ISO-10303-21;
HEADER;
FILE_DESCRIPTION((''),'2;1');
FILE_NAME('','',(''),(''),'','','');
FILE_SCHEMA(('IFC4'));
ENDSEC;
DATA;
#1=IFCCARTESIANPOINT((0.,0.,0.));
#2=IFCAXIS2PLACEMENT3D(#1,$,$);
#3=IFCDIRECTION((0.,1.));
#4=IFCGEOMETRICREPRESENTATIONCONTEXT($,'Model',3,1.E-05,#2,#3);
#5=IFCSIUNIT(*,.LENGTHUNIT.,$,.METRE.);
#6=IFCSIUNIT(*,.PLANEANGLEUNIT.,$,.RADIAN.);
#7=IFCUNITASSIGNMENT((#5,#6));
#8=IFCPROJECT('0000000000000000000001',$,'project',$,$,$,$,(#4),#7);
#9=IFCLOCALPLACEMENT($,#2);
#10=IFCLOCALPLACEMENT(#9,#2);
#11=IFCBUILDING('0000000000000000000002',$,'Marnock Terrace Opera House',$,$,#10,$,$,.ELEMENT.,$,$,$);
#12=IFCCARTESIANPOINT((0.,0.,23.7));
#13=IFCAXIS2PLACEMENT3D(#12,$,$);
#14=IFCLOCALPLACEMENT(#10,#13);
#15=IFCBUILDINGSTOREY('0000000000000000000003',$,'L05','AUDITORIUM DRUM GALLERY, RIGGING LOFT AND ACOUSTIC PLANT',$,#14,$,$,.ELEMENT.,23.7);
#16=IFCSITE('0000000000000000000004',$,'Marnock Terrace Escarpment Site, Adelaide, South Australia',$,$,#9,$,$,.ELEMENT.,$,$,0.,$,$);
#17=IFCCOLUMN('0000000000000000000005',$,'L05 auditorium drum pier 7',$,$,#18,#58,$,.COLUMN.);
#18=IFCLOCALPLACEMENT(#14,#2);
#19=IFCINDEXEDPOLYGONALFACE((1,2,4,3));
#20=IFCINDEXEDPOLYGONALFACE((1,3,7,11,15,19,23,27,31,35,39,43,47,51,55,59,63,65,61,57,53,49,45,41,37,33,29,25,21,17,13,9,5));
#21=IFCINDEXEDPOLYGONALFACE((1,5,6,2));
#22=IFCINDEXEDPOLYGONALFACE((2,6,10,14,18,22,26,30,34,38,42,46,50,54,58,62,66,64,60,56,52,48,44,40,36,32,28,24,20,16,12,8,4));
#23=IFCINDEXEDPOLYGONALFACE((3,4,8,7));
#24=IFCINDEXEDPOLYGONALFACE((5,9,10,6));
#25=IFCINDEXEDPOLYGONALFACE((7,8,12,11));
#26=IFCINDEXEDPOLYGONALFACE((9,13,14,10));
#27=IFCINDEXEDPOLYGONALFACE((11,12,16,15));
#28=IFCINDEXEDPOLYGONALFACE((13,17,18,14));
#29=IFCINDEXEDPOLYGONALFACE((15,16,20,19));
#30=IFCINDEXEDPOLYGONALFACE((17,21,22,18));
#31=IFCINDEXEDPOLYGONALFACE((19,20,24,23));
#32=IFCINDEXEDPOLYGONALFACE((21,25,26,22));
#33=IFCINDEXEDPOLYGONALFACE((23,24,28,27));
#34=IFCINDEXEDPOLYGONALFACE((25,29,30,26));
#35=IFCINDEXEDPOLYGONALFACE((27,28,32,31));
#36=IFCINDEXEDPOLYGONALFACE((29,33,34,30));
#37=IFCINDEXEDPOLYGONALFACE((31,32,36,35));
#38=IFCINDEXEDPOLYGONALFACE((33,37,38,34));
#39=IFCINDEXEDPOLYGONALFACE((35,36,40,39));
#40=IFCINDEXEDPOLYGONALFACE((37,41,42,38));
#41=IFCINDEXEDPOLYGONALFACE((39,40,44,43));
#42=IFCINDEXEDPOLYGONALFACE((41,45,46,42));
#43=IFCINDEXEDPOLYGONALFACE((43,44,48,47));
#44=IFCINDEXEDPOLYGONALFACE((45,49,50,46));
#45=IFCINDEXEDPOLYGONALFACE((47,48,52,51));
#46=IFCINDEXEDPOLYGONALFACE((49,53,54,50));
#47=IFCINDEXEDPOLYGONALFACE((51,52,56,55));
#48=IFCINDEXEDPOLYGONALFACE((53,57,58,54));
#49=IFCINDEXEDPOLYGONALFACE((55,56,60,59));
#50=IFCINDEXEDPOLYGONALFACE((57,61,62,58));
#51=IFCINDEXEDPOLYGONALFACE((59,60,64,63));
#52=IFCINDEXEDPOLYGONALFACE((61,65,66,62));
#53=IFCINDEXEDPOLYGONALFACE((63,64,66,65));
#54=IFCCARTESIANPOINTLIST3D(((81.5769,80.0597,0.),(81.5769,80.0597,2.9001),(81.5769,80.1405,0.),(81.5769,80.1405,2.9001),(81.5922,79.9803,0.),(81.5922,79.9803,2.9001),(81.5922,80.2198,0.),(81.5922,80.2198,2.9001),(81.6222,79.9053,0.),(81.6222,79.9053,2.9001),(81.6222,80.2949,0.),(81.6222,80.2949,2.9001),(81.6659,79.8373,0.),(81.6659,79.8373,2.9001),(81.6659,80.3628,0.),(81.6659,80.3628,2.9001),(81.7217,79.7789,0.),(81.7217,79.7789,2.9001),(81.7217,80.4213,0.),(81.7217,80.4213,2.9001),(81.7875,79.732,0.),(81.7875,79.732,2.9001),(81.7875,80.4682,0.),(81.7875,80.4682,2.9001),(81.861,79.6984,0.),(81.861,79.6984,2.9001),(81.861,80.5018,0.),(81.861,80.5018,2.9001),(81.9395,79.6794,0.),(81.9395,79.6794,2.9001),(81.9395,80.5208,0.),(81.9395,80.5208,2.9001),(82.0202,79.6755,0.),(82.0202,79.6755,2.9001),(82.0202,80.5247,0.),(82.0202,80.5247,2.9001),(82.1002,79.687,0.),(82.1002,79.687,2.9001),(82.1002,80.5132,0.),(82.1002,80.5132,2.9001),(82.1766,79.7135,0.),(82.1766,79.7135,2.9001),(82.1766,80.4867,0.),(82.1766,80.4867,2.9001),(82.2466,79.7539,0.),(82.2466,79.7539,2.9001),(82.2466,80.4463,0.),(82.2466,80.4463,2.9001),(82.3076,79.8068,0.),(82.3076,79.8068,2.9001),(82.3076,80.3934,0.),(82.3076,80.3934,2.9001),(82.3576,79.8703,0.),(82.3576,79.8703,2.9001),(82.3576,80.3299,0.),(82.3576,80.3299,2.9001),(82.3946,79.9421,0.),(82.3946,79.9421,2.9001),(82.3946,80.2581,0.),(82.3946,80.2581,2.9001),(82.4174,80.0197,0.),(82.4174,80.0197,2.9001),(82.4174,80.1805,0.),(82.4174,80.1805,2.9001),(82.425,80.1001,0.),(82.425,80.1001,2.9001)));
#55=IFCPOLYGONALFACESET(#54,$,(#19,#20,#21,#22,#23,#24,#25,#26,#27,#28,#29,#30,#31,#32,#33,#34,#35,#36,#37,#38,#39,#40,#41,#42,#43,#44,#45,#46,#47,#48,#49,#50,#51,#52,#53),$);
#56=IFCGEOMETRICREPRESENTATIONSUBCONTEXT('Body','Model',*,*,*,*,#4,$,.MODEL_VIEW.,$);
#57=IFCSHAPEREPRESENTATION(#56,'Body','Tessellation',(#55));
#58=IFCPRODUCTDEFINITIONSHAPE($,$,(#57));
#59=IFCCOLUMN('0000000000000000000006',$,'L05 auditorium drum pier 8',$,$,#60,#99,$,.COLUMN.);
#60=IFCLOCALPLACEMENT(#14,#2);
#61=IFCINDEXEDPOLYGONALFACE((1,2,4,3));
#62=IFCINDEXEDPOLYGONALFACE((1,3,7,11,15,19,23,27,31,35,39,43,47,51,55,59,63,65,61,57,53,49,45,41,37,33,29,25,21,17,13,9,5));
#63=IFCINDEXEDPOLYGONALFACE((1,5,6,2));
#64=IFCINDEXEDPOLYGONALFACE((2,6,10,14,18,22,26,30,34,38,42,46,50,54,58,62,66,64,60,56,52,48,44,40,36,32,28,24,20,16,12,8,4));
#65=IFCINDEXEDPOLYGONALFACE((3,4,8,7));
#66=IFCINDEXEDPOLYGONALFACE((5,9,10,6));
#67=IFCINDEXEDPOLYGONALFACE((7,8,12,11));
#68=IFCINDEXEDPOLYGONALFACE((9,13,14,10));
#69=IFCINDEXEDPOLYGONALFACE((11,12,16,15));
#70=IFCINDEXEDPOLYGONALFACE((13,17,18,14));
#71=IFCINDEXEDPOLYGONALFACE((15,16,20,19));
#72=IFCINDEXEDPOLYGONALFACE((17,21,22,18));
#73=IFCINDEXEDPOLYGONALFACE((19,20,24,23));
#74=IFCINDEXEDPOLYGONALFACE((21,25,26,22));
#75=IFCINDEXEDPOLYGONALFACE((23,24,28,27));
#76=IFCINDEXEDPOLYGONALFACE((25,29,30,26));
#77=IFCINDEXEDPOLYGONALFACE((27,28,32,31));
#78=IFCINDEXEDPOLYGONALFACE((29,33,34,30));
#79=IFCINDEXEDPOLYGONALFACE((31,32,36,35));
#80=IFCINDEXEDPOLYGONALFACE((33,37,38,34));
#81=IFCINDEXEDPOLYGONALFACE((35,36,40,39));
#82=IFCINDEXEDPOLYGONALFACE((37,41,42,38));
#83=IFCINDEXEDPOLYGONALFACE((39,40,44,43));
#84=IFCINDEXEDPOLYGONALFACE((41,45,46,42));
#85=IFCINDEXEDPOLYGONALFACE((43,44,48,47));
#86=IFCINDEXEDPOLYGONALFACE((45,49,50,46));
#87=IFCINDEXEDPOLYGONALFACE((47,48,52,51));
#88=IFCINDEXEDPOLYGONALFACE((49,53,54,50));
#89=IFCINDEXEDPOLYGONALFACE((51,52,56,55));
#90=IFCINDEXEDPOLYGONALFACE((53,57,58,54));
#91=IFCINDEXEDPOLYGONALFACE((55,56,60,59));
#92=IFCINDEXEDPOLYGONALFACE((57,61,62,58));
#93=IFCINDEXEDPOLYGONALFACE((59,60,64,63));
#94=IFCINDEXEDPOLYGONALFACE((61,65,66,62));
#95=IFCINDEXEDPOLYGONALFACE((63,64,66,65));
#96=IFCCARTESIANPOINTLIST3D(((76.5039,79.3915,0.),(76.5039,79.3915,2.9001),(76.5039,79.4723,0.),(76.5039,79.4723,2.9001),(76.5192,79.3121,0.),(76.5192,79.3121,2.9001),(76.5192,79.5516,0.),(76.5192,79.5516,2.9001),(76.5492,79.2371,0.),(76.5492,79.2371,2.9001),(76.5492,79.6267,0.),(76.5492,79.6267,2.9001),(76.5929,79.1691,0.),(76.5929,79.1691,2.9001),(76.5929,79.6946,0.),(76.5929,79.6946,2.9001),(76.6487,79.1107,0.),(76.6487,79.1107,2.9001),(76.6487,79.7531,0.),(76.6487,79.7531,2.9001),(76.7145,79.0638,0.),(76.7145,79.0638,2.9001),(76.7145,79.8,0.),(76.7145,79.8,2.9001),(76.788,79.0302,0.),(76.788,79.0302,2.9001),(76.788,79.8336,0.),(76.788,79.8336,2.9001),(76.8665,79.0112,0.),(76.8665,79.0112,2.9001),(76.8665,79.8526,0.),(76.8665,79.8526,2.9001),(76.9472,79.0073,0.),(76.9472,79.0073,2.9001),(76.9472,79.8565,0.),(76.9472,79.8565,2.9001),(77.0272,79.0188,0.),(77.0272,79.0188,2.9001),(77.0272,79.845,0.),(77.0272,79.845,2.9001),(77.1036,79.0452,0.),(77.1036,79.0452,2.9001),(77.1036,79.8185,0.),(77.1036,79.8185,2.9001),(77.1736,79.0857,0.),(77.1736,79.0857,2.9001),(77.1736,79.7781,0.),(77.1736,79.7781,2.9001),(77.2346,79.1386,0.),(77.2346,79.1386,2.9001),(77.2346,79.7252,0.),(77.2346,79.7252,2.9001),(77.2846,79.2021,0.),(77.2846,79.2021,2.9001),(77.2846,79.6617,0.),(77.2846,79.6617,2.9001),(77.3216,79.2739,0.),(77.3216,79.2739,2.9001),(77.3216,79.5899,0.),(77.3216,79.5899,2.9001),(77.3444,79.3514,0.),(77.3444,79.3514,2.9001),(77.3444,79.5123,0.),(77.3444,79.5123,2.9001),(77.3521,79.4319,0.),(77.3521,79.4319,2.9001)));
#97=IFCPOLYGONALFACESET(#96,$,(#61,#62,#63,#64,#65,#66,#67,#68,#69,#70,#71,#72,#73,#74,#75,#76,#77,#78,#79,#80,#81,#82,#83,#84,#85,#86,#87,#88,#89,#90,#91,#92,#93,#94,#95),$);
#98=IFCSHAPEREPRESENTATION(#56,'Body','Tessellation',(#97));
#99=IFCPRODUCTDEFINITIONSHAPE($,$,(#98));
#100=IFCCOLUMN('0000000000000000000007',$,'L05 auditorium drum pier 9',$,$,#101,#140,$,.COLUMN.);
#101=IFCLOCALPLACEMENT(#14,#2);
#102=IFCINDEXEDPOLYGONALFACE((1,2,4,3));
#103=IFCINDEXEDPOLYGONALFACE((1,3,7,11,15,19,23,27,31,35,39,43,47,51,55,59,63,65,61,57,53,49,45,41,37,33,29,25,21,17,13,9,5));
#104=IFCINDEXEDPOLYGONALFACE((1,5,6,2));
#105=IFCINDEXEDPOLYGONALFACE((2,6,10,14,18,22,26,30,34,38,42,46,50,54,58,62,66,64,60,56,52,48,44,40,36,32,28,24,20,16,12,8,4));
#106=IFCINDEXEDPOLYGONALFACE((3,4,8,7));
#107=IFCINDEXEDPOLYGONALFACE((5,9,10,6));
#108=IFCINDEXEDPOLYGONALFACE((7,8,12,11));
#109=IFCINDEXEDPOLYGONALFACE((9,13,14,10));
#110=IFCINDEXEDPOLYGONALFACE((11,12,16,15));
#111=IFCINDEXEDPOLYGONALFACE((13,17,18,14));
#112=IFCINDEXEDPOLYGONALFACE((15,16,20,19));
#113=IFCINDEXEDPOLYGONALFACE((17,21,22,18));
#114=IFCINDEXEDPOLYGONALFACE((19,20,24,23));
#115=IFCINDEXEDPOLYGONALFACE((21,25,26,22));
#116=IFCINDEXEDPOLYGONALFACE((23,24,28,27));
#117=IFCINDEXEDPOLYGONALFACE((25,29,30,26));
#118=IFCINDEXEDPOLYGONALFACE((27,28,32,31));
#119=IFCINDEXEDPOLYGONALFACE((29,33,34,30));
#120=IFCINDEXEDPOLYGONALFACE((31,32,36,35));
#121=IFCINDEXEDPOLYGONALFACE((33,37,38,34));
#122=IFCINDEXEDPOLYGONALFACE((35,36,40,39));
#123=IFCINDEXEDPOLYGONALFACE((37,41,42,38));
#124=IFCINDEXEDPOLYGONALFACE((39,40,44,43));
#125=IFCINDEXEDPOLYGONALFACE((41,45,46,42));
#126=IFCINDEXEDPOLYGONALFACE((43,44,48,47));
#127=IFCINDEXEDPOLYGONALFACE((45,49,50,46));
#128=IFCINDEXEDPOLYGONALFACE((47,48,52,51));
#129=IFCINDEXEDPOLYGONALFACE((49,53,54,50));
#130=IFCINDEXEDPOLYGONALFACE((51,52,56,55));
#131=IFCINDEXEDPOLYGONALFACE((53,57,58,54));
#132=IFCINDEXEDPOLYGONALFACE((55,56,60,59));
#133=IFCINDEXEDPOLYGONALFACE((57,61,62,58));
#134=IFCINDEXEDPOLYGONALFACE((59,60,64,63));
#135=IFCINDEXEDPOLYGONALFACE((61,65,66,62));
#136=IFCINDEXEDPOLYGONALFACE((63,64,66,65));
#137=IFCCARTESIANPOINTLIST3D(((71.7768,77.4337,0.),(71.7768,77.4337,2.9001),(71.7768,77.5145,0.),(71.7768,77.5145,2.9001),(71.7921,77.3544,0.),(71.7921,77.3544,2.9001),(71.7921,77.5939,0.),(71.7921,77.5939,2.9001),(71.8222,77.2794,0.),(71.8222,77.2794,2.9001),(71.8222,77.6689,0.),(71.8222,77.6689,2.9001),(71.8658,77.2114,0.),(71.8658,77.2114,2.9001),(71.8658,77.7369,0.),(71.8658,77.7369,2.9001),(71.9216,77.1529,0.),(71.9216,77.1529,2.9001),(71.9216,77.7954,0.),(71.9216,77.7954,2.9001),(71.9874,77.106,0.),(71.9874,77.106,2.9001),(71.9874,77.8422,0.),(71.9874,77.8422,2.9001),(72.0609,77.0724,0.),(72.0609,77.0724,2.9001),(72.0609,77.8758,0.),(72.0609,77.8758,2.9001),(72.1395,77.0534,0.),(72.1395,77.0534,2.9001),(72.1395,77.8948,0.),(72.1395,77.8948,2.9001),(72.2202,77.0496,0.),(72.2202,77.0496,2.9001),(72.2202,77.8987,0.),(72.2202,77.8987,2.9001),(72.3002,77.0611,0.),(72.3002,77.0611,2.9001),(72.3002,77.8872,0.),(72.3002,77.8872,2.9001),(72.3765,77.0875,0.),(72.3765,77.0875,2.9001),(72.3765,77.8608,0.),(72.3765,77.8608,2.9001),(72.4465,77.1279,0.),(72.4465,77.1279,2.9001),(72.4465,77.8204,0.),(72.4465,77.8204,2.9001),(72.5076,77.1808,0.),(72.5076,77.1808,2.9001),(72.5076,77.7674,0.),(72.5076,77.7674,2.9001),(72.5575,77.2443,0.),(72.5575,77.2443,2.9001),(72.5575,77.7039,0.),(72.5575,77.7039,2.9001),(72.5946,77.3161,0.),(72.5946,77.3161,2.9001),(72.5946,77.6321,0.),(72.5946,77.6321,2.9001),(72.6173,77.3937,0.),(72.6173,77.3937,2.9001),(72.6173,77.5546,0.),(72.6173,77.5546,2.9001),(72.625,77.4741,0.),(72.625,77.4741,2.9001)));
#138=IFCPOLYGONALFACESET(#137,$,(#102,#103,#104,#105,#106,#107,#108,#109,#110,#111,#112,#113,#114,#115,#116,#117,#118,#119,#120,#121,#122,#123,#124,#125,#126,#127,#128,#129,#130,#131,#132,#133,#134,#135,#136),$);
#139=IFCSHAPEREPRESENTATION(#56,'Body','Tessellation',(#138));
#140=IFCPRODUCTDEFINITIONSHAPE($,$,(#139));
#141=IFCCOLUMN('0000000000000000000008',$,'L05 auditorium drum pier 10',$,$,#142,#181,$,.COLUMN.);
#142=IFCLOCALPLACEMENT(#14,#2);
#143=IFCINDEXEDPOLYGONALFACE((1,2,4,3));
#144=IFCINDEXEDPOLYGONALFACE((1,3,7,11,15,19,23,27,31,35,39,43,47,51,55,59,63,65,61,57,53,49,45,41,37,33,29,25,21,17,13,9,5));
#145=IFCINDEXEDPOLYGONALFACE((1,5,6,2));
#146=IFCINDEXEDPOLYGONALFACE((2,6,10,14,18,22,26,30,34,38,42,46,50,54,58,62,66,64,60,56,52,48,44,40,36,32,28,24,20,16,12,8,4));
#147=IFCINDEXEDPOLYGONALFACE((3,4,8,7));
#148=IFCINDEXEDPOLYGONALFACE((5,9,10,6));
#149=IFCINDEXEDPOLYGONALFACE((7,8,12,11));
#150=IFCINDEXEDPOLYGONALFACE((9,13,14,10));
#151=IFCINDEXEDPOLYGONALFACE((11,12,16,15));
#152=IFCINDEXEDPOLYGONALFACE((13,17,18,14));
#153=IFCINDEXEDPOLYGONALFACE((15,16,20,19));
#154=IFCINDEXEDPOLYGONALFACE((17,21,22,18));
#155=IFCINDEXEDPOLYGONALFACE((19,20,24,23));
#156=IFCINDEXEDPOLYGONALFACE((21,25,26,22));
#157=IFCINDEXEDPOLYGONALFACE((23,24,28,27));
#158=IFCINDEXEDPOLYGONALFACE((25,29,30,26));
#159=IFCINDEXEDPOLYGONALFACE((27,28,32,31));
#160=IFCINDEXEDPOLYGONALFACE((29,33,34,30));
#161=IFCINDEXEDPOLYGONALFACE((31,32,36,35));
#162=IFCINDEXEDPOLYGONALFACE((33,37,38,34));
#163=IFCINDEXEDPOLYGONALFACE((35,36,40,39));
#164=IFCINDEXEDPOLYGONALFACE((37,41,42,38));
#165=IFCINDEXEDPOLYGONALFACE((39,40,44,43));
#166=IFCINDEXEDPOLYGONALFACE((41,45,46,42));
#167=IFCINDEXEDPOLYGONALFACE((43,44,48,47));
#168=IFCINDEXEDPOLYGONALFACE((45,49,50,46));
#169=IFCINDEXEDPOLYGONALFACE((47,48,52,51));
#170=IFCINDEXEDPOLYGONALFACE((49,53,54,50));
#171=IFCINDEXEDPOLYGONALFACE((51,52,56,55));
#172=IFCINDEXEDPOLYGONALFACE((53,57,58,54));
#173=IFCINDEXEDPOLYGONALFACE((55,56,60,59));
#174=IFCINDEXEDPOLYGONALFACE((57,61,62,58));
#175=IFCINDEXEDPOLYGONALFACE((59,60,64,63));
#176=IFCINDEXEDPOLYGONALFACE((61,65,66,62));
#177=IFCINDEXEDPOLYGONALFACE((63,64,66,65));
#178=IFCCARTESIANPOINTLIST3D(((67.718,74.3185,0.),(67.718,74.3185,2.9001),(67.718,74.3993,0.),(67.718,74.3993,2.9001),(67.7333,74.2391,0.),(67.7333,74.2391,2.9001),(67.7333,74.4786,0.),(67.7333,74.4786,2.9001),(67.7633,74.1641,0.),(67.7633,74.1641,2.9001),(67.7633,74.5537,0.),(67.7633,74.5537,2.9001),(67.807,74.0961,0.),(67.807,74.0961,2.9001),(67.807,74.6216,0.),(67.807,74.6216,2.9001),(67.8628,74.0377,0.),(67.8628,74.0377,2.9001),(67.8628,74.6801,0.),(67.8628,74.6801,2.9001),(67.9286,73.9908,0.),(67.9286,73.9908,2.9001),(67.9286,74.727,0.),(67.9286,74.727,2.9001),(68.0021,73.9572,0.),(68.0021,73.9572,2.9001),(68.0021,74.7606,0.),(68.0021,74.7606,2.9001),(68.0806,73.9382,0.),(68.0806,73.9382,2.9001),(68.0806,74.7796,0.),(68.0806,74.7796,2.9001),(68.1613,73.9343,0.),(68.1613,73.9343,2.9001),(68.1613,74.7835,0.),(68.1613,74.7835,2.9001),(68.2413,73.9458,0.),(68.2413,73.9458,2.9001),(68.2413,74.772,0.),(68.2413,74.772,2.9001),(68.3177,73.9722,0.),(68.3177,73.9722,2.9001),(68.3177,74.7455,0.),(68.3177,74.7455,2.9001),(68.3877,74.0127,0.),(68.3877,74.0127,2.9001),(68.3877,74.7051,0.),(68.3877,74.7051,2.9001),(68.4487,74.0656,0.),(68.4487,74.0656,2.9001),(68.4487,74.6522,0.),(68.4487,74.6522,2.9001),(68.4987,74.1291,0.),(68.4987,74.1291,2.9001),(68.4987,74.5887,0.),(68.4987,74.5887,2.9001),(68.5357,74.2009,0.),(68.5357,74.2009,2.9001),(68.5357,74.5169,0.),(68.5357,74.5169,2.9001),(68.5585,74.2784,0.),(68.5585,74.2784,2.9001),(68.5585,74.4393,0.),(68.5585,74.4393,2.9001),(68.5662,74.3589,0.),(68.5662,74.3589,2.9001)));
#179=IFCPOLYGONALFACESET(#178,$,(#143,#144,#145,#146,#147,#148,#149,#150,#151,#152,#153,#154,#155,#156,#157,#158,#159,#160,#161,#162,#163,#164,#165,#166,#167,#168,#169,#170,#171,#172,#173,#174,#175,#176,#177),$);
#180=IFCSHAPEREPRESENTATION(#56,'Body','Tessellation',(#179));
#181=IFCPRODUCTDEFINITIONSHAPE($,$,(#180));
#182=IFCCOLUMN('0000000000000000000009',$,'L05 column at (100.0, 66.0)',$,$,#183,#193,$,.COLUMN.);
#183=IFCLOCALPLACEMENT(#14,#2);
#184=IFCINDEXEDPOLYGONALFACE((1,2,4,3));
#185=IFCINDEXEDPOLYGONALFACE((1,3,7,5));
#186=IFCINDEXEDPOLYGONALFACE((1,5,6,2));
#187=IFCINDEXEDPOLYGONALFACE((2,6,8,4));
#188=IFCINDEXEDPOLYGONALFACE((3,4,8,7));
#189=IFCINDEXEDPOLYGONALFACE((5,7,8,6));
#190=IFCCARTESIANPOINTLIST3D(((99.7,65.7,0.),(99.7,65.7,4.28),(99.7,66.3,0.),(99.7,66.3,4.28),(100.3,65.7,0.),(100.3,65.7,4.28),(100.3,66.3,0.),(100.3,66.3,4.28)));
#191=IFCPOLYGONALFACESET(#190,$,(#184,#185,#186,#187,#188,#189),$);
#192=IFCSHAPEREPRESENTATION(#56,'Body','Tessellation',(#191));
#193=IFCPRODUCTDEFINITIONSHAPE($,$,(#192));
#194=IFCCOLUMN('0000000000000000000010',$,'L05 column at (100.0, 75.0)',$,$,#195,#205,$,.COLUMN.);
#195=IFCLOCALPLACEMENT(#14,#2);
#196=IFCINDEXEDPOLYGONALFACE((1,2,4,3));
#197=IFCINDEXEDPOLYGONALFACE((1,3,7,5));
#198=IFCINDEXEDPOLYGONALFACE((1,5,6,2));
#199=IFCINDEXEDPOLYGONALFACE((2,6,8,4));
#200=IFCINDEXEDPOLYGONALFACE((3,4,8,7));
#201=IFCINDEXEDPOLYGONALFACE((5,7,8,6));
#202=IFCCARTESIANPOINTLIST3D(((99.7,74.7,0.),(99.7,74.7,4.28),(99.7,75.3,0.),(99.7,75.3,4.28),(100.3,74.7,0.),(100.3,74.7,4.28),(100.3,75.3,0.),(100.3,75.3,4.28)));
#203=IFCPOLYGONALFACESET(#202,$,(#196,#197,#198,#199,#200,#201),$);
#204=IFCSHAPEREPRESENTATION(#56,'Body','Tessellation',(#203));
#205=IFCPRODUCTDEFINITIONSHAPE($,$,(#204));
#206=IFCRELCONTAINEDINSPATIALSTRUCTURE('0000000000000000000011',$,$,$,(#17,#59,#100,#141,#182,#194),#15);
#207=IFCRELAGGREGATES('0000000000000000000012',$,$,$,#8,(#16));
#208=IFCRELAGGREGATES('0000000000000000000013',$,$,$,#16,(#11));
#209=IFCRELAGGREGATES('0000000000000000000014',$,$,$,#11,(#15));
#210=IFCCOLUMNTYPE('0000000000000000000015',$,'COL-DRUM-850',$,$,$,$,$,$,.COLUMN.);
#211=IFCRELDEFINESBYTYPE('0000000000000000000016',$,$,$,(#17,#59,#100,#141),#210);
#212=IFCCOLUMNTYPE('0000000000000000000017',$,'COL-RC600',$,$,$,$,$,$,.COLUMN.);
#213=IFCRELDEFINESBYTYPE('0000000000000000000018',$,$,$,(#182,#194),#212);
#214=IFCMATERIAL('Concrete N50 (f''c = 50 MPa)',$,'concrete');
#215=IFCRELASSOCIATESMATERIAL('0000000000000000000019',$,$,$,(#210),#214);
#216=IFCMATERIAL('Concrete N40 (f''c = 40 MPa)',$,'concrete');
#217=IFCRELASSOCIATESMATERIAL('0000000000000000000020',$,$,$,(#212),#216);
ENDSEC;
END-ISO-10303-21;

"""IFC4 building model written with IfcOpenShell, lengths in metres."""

from ifc_helpers import new_model, si_unit, direction, frame, origin, origin_2d, place, context, subcontext, project, spatial, rectangle, circle, extrude, material, material_profile, profile_set, type_object, element, save


model = new_model("IFC4")

# Units and contexts
model_context = context("Model", 3, precision=1e-05, world=origin(), true_north=direction((0.0, 1.0)))
body_context = subcontext(model_context, "Body", "Model", "MODEL_VIEW")
ifc_project = project(units=[si_unit("LENGTHUNIT", "METRE"), si_unit("PLANEANGLEUNIT", "RADIAN")], contexts=[model_context])

# Site, building, storey
site_placement = place(None, origin())
site = spatial("IfcSite", under=ifc_project, at=site_placement, Name="Marnock Terrace Escarpment Site, Adelaide, South Australia", CompositionType="ELEMENT", RefElevation=0.0)
building_placement = place(site_placement, origin())
building = spatial("IfcBuilding", under=site, at=building_placement, Name="Marnock Terrace Opera House", CompositionType="ELEMENT")
storey_placement = place(building_placement, frame((0.0, 0.0, 23.7)))
storey = spatial("IfcBuildingStorey", under=building, at=storey_placement, Name="L05", Description="AUDITORIUM DRUM GALLERY, RIGGING LOFT AND ACOUSTIC PLANT", CompositionType="ELEMENT", Elevation=23.7)

# Columns
ifc_material_1 = material(Name="Concrete N50 (f'c = 50 MPa)", Category="concrete")
ifc_material_profile_1 = material_profile(ifc_material_1, circle(Radius=0.425, at=origin_2d()))
ifc_profile_set_1 = profile_set([ifc_material_profile_1], Name="Concrete N50 (f'c = 50 MPa)")
column_type_1 = type_object("IfcColumnType", Name="COL-DRUM-850", PredefinedType="COLUMN", material=ifc_profile_set_1)
for number, where, z_axis, x_axis, name in (
    (1, (82.0, 80.1001, 0.0), (0.0, 0.0, 1.0), (1.0, 0.0, 0.0), "L05 auditorium drum pier 7"),
    (2, (76.927, 79.4319, 0.0), (0.0, 0.0, 1.0), (1.0, 0.0, 0.0), "L05 auditorium drum pier 8"),
    (3, (72.2, 77.4741, 0.0), (0.0, 0.0, 1.0), (1.0, 0.0, 0.0), "L05 auditorium drum pier 9"),
    (4, (68.1411, 74.3589, 0.0), (0.0, 0.0, 1.0), (1.0, 0.0, 0.0), "L05 auditorium drum pier 10"),
):
    element("IfcColumn", number, at=place(storey_placement, frame(where, z_axis=z_axis, x_axis=x_axis)), inside=storey, type_object=column_type_1, Name=name, PredefinedType="COLUMN", context=body_context, shape_type="SweptSolid", body=[
        extrude(circle(Radius=0.425, at=origin_2d()), origin(), (0.0, 0.0, 1.0), 2.9001),
    ])
ifc_material_2 = material(Name="Concrete N40 (f'c = 40 MPa)", Category="concrete")
ifc_material_profile_2 = material_profile(ifc_material_2, rectangle(XDim=0.6001, YDim=0.6001, at=origin_2d()))
ifc_profile_set_2 = profile_set([ifc_material_profile_2], Name="Concrete N40 (f'c = 40 MPa)")
column_type_2 = type_object("IfcColumnType", Name="COL-RC600", PredefinedType="COLUMN", material=ifc_profile_set_2)
for number, where, z_axis, x_axis, name in (
    (5, (100.0, 66.0, 0.0), (0.0, 0.0, 1.0), (1.0, 0.0, 0.0), "L05 column at (100.0, 66.0)"),
    (6, (100.0, 75.0, 0.0), (0.0, 0.0, 1.0), (1.0, 0.0, 0.0), "L05 column at (100.0, 75.0)"),
):
    element("IfcColumn", number, at=place(storey_placement, frame(where, z_axis=z_axis, x_axis=x_axis)), inside=storey, type_object=column_type_2, Name=name, PredefinedType="COLUMN", context=body_context, shape_type="SweptSolid", body=[
        extrude(rectangle(XDim=0.6001, YDim=0.6001, at=origin_2d()), origin(), (0.0, 0.0, 1.0), 4.28),
    ])

save(model, "model.ifc")
